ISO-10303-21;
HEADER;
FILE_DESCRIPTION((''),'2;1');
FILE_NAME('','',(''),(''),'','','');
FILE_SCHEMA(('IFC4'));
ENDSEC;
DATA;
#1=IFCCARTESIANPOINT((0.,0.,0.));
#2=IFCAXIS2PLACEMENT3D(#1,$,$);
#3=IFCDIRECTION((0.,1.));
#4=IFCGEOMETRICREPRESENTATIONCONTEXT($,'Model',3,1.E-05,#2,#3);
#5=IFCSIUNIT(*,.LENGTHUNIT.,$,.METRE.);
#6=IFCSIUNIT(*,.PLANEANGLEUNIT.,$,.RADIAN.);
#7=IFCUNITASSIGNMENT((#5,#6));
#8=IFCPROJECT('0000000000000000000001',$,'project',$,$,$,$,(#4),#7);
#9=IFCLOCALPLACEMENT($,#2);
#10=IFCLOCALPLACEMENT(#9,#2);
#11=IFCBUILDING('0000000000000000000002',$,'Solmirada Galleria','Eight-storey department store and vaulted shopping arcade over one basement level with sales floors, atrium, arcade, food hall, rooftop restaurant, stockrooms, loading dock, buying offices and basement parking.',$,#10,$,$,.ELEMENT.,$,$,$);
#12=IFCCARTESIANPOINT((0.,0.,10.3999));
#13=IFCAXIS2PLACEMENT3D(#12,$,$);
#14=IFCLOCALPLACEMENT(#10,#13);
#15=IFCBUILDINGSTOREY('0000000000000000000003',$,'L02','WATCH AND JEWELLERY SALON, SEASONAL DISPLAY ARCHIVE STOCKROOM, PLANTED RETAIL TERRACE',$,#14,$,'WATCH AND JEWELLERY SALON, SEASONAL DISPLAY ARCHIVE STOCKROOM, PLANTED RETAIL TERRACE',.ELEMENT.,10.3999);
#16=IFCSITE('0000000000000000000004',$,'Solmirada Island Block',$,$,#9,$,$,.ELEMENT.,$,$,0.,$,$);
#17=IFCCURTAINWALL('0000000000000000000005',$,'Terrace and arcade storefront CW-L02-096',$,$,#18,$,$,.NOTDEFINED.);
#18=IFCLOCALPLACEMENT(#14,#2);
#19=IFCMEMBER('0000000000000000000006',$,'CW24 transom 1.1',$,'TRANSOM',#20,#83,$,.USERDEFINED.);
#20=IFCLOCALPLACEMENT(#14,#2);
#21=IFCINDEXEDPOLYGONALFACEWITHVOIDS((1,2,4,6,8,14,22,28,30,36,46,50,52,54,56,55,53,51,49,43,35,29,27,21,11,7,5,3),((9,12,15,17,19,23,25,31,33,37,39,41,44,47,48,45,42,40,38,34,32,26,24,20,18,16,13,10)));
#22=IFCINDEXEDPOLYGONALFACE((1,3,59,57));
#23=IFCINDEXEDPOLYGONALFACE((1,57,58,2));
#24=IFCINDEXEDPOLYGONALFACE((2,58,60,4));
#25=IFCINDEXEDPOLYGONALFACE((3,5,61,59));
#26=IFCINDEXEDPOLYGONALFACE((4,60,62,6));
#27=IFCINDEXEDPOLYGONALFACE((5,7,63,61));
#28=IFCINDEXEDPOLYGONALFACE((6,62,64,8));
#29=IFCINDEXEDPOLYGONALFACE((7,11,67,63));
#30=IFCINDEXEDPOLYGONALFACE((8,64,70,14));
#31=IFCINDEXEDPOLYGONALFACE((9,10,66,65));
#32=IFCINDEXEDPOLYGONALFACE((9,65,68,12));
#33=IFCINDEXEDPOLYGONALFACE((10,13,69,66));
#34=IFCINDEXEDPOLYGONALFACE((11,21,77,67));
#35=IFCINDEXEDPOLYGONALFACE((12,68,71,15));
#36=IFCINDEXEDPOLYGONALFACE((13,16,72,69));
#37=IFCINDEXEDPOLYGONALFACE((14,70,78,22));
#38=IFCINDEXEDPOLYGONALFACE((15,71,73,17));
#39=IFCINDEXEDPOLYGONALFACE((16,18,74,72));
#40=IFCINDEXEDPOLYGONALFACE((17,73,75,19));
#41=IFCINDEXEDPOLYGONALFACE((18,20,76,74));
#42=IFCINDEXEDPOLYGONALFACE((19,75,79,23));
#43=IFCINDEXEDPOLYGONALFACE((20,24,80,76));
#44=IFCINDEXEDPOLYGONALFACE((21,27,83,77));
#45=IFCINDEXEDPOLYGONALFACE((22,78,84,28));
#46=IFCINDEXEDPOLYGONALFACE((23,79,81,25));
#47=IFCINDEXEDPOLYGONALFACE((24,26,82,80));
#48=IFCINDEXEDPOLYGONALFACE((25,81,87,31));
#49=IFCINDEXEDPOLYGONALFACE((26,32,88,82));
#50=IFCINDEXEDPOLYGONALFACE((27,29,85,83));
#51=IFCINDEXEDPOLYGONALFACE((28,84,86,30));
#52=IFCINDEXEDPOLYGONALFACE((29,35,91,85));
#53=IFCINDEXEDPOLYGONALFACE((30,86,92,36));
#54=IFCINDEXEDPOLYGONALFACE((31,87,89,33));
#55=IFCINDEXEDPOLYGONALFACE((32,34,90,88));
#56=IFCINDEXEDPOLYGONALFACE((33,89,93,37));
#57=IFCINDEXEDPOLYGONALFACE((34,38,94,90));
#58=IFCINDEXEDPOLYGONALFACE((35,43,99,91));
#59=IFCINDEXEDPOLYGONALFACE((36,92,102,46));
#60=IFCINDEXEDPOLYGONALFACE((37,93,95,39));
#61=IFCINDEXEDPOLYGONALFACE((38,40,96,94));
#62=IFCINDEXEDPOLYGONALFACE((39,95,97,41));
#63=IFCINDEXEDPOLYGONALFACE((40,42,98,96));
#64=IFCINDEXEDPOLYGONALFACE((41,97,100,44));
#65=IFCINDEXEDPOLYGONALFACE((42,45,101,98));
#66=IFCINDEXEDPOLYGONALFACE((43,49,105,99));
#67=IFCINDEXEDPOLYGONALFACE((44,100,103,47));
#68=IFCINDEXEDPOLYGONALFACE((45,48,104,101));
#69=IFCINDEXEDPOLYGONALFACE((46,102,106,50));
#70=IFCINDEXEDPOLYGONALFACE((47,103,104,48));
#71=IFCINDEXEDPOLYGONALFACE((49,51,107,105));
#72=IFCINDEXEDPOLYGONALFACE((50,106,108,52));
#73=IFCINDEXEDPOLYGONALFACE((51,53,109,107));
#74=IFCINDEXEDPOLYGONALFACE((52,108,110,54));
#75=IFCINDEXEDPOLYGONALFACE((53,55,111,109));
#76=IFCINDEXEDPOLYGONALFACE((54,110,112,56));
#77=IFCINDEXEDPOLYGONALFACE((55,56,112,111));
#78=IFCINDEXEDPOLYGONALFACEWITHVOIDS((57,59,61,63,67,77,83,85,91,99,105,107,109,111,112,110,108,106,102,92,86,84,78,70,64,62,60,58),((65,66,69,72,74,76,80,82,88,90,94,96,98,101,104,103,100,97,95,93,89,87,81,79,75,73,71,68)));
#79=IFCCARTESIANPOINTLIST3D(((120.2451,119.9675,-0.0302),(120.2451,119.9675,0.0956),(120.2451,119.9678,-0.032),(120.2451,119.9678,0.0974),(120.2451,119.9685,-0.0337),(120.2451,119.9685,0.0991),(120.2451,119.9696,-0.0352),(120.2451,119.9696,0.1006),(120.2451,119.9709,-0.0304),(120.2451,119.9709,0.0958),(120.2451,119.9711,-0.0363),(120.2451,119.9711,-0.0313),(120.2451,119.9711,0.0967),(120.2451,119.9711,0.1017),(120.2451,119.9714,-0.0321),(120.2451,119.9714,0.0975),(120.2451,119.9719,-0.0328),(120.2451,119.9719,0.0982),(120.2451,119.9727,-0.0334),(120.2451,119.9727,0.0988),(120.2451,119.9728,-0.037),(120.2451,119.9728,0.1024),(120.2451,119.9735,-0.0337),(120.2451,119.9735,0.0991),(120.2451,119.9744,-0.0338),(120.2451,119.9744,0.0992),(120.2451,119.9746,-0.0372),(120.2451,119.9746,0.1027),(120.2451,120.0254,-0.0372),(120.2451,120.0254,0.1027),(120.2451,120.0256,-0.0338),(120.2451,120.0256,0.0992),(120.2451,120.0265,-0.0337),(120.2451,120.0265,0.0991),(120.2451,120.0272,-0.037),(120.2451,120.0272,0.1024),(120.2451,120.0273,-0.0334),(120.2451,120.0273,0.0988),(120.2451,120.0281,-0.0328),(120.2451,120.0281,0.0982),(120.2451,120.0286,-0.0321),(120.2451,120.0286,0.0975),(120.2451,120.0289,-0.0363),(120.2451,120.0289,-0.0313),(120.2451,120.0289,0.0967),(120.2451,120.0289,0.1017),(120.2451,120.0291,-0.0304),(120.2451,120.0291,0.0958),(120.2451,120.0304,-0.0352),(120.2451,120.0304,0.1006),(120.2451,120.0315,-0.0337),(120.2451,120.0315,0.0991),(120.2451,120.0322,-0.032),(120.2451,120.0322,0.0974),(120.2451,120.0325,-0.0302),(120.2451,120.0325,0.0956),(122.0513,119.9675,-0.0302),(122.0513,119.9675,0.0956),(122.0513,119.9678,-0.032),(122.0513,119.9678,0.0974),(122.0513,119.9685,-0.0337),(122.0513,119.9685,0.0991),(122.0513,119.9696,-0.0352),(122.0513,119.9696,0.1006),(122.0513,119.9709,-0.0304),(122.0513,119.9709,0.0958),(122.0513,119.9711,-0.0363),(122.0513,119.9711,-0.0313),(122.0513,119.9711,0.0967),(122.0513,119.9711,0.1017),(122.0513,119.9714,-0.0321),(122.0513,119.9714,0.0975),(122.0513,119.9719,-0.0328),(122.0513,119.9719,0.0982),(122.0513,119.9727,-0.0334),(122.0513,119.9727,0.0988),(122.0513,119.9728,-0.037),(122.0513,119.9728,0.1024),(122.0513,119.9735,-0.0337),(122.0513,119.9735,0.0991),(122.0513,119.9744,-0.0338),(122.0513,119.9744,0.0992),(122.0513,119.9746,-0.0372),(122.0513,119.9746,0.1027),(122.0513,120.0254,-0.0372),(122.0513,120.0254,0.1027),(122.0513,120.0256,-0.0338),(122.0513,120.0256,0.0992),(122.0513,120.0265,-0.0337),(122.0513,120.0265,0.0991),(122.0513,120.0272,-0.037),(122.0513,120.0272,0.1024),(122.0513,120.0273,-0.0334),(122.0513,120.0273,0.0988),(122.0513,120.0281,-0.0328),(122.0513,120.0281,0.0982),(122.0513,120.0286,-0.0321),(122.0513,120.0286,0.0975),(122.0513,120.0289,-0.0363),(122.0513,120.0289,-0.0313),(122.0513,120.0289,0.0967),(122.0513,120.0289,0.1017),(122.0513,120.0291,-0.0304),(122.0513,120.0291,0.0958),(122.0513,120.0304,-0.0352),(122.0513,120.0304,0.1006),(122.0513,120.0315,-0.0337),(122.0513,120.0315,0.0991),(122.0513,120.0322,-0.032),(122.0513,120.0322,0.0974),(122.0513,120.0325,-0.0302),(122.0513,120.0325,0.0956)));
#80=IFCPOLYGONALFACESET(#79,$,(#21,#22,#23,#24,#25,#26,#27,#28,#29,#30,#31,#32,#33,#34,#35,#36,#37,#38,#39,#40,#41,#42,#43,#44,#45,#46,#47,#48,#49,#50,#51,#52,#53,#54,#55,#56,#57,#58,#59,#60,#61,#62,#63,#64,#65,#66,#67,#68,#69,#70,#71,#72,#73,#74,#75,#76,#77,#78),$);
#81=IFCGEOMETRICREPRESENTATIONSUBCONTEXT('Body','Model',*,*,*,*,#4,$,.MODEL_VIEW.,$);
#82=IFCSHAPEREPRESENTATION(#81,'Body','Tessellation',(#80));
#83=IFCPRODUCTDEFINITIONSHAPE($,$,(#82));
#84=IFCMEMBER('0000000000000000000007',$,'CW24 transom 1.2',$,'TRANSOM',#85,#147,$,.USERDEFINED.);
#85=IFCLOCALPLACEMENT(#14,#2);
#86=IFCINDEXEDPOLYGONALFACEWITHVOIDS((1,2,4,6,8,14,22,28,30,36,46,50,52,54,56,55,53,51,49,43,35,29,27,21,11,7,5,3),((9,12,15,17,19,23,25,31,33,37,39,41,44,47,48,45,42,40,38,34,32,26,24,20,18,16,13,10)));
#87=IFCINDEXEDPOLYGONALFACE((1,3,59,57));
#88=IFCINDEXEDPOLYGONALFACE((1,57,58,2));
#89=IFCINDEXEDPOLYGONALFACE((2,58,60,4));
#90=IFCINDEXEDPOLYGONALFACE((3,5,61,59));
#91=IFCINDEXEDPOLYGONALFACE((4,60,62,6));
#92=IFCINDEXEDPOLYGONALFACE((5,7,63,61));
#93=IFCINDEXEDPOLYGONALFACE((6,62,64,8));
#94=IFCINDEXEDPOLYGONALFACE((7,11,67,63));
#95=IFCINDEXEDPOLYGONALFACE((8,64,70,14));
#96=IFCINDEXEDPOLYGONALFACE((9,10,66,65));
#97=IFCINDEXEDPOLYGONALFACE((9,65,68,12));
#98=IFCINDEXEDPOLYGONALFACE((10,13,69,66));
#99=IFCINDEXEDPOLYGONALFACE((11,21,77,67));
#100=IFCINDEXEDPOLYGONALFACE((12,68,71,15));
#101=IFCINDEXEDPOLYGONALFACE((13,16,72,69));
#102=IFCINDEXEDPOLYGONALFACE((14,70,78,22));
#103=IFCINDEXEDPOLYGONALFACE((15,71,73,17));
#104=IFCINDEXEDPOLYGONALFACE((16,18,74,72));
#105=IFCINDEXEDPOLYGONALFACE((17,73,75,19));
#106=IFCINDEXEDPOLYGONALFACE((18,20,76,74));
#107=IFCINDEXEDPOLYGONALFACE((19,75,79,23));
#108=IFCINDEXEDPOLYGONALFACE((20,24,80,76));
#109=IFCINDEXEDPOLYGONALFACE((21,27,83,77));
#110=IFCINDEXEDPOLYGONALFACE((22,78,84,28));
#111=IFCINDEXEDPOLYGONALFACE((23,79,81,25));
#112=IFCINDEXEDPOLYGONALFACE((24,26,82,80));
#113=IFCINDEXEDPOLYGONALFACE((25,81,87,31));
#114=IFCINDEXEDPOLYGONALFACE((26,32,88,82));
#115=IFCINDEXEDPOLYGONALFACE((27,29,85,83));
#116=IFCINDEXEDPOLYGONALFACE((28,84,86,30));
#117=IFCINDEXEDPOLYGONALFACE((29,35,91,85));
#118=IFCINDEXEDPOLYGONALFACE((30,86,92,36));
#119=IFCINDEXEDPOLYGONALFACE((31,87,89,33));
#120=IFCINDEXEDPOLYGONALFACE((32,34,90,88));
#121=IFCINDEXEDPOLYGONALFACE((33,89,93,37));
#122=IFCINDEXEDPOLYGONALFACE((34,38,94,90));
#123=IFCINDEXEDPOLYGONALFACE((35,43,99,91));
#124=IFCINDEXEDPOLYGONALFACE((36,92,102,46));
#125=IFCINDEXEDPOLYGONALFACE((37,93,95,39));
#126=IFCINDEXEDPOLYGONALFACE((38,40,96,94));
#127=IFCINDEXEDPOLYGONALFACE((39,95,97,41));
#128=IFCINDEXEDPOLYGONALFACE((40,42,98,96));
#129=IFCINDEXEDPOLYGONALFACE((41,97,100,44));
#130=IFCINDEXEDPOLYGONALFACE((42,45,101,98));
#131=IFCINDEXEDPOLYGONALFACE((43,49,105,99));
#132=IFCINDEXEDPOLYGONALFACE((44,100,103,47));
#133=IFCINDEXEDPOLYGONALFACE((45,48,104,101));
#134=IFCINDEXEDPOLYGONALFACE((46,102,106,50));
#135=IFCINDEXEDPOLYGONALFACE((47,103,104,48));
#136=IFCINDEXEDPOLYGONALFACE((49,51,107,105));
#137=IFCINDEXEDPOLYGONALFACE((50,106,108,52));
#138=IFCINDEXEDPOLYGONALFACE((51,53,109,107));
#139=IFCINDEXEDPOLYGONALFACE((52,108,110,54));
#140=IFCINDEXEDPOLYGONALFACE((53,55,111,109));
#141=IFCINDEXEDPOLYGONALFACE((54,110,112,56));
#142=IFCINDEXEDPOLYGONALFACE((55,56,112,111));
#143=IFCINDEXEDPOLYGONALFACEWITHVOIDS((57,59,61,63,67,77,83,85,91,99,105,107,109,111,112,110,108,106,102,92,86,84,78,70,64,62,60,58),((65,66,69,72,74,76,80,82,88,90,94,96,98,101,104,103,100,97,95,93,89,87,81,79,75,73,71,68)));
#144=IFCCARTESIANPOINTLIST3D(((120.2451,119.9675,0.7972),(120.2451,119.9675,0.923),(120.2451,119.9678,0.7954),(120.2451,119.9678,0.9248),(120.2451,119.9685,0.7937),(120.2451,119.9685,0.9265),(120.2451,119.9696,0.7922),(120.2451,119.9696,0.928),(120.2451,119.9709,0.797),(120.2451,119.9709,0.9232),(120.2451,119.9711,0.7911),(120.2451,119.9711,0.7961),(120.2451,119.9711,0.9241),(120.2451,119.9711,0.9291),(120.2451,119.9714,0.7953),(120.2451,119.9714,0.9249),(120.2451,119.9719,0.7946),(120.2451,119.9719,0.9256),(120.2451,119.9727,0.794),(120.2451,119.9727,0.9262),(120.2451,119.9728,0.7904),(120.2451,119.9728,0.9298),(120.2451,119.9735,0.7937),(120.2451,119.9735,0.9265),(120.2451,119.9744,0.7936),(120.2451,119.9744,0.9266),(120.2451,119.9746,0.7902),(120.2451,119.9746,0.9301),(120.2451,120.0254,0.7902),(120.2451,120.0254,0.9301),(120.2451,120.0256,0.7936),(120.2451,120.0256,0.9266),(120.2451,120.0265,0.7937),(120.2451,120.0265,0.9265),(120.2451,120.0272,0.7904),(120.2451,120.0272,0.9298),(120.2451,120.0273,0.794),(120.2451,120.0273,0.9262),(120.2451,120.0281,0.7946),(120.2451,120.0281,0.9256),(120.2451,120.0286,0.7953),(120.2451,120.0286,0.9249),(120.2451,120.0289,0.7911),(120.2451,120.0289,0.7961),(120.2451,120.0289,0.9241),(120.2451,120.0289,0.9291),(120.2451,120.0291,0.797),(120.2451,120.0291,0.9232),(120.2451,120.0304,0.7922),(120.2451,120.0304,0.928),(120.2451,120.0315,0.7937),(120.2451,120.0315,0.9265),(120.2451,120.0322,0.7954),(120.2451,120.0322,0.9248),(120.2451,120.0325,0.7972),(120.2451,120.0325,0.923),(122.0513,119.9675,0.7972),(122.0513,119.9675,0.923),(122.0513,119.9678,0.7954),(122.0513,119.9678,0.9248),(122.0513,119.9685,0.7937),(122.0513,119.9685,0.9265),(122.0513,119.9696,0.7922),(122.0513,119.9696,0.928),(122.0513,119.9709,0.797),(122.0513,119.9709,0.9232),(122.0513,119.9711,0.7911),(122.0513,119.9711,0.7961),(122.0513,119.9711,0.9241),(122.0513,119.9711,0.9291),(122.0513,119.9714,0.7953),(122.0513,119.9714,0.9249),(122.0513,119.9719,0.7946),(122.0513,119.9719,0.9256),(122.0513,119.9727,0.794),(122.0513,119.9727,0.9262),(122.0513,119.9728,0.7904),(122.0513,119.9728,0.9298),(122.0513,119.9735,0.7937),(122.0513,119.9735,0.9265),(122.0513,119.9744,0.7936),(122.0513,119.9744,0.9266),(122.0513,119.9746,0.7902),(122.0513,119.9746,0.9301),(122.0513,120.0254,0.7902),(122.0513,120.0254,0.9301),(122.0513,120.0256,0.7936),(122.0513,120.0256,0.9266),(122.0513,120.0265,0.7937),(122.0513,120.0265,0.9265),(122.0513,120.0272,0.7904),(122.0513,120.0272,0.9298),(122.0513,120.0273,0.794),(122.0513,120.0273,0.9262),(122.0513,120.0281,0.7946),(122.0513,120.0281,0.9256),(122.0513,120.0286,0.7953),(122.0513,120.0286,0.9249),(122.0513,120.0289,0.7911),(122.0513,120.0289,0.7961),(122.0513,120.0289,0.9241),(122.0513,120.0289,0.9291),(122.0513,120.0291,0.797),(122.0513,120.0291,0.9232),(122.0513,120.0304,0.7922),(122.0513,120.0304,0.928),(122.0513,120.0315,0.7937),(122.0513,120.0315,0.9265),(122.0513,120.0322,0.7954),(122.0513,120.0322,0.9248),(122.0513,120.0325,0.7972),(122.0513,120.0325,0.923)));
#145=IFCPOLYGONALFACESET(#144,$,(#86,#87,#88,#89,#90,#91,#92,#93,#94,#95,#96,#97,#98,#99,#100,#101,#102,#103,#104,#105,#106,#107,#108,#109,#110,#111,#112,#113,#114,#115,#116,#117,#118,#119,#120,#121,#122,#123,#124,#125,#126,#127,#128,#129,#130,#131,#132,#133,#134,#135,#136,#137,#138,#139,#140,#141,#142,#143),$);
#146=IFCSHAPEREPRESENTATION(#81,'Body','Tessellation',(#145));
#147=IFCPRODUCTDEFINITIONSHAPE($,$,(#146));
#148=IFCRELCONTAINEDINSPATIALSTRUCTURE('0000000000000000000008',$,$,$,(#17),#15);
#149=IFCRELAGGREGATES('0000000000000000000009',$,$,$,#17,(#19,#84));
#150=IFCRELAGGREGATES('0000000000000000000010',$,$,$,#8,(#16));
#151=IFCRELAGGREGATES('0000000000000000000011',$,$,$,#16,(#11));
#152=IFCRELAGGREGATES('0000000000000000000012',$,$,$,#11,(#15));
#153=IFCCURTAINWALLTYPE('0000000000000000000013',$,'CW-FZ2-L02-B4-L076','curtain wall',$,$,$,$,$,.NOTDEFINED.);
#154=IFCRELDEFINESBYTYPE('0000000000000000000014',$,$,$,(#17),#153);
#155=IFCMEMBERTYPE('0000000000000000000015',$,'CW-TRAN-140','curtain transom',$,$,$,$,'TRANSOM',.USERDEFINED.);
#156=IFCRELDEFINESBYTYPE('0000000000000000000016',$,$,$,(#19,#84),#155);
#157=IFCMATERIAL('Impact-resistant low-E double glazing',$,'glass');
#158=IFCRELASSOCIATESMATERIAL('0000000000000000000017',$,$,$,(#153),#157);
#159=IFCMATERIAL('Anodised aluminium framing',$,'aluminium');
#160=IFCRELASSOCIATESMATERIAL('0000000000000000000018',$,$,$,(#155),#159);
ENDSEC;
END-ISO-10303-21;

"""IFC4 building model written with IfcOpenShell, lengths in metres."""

from ifc_helpers import new_model, si_unit, direction, frame, origin, origin_2d, place, context, subcontext, project, spatial, hollow_rectangle, extrude, material, material_profile, profile_set, type_object, element, aggregate, save


model = new_model("IFC4")

# Units and contexts
model_context = context("Model", 3, precision=1e-05, world=origin(), true_north=direction((0.0, 1.0)))
body_context = subcontext(model_context, "Body", "Model", "MODEL_VIEW")
ifc_project = project(units=[si_unit("LENGTHUNIT", "METRE"), si_unit("PLANEANGLEUNIT", "RADIAN")], contexts=[model_context])

# Site, building, storey
site_placement = place(None, origin())
site = spatial("IfcSite", under=ifc_project, at=site_placement, Name="Solmirada Island Block", CompositionType="ELEMENT", RefElevation=0.0)
building_placement = place(site_placement, origin())
building = spatial("IfcBuilding", under=site, at=building_placement, Name="Solmirada Galleria", Description="Eight-storey department store and vaulted shopping arcade over one basement level with sales floors, atrium, arcade, food hall, rooftop restaurant, stockrooms, loading dock, buying offices and basement parking.", CompositionType="ELEMENT")
storey_placement = place(building_placement, frame((0.0, 0.0, 10.3999)))
storey = spatial("IfcBuildingStorey", under=building, at=storey_placement, Name="L02", Description="WATCH AND JEWELLERY SALON, SEASONAL DISPLAY ARCHIVE STOCKROOM, PLANTED RETAIL TERRACE", LongName="WATCH AND JEWELLERY SALON, SEASONAL DISPLAY ARCHIVE STOCKROOM, PLANTED RETAIL TERRACE", CompositionType="ELEMENT", Elevation=10.3999)

# Shared definitions
ifc_material_1 = material(Name="Impact-resistant low-E double glazing", Category="glass")
ifc_material_2 = material(Name="Anodised aluminium framing", Category="aluminium")

# Curtain wall, members
curtain_wall_type_1 = type_object("IfcCurtainWallType", Name="CW-FZ2-L02-B4-L076", Description="curtain wall", PredefinedType="NOTDEFINED", material=ifc_material_1)
curtain_wall_1_placement = place(storey_placement, origin())
curtain_wall_1 = element("IfcCurtainWall", 1, at=curtain_wall_1_placement, inside=storey, type_object=curtain_wall_type_1, Name="Terrace and arcade storefront CW-L02-096", PredefinedType="NOTDEFINED")
ifc_material_profile_1 = material_profile(ifc_material_2, hollow_rectangle(XDim=0.0649, YDim=0.1399, WallThickness=0.0034, InnerFilletRadius=0.0034, OuterFilletRadius=0.0071, at=origin_2d()), Name="ALU-TRAN-140X65")
ifc_profile_set_1 = profile_set([ifc_material_profile_1], Name="Anodised aluminium framing")
member_type_1 = type_object("IfcMemberType", Name="CW-TRAN-140", Description="curtain transom", ElementType="TRANSOM", PredefinedType="USERDEFINED", material=ifc_profile_set_1)
member_1_placement = place(storey_placement, frame((120.2451, 120.0, 0.0327), z_axis=(1.0, 0.0, 0.0), x_axis=(0.0, 1.0, 0.0)))
member_1 = element("IfcMember", 2, at=member_1_placement, type_object=member_type_1, Name="CW24 transom 1.1", ObjectType="TRANSOM", PredefinedType="USERDEFINED", context=body_context, shape_type="SweptSolid", body=[
    extrude(hollow_rectangle(XDim=0.0649, YDim=0.1399, WallThickness=0.0034, InnerFilletRadius=0.0034, OuterFilletRadius=0.0071, at=origin_2d()), origin(), (0.0, 0.0, 1.0), 1.8062),
])
member_2_placement = place(storey_placement, frame((120.2451, 120.0, 0.8601), z_axis=(1.0, 0.0, 0.0), x_axis=(0.0, 1.0, 0.0)))
member_2 = element("IfcMember", 3, at=member_2_placement, type_object=member_type_1, Name="CW24 transom 1.2", ObjectType="TRANSOM", PredefinedType="USERDEFINED", context=body_context, shape_type="SweptSolid", body=[
    extrude(hollow_rectangle(XDim=0.0649, YDim=0.1399, WallThickness=0.0034, InnerFilletRadius=0.0034, OuterFilletRadius=0.0071, at=origin_2d()), origin(), (0.0, 0.0, 1.0), 1.8062),
])
aggregate(curtain_wall_1, [member_1, member_2])

save(model, "model.ifc")
